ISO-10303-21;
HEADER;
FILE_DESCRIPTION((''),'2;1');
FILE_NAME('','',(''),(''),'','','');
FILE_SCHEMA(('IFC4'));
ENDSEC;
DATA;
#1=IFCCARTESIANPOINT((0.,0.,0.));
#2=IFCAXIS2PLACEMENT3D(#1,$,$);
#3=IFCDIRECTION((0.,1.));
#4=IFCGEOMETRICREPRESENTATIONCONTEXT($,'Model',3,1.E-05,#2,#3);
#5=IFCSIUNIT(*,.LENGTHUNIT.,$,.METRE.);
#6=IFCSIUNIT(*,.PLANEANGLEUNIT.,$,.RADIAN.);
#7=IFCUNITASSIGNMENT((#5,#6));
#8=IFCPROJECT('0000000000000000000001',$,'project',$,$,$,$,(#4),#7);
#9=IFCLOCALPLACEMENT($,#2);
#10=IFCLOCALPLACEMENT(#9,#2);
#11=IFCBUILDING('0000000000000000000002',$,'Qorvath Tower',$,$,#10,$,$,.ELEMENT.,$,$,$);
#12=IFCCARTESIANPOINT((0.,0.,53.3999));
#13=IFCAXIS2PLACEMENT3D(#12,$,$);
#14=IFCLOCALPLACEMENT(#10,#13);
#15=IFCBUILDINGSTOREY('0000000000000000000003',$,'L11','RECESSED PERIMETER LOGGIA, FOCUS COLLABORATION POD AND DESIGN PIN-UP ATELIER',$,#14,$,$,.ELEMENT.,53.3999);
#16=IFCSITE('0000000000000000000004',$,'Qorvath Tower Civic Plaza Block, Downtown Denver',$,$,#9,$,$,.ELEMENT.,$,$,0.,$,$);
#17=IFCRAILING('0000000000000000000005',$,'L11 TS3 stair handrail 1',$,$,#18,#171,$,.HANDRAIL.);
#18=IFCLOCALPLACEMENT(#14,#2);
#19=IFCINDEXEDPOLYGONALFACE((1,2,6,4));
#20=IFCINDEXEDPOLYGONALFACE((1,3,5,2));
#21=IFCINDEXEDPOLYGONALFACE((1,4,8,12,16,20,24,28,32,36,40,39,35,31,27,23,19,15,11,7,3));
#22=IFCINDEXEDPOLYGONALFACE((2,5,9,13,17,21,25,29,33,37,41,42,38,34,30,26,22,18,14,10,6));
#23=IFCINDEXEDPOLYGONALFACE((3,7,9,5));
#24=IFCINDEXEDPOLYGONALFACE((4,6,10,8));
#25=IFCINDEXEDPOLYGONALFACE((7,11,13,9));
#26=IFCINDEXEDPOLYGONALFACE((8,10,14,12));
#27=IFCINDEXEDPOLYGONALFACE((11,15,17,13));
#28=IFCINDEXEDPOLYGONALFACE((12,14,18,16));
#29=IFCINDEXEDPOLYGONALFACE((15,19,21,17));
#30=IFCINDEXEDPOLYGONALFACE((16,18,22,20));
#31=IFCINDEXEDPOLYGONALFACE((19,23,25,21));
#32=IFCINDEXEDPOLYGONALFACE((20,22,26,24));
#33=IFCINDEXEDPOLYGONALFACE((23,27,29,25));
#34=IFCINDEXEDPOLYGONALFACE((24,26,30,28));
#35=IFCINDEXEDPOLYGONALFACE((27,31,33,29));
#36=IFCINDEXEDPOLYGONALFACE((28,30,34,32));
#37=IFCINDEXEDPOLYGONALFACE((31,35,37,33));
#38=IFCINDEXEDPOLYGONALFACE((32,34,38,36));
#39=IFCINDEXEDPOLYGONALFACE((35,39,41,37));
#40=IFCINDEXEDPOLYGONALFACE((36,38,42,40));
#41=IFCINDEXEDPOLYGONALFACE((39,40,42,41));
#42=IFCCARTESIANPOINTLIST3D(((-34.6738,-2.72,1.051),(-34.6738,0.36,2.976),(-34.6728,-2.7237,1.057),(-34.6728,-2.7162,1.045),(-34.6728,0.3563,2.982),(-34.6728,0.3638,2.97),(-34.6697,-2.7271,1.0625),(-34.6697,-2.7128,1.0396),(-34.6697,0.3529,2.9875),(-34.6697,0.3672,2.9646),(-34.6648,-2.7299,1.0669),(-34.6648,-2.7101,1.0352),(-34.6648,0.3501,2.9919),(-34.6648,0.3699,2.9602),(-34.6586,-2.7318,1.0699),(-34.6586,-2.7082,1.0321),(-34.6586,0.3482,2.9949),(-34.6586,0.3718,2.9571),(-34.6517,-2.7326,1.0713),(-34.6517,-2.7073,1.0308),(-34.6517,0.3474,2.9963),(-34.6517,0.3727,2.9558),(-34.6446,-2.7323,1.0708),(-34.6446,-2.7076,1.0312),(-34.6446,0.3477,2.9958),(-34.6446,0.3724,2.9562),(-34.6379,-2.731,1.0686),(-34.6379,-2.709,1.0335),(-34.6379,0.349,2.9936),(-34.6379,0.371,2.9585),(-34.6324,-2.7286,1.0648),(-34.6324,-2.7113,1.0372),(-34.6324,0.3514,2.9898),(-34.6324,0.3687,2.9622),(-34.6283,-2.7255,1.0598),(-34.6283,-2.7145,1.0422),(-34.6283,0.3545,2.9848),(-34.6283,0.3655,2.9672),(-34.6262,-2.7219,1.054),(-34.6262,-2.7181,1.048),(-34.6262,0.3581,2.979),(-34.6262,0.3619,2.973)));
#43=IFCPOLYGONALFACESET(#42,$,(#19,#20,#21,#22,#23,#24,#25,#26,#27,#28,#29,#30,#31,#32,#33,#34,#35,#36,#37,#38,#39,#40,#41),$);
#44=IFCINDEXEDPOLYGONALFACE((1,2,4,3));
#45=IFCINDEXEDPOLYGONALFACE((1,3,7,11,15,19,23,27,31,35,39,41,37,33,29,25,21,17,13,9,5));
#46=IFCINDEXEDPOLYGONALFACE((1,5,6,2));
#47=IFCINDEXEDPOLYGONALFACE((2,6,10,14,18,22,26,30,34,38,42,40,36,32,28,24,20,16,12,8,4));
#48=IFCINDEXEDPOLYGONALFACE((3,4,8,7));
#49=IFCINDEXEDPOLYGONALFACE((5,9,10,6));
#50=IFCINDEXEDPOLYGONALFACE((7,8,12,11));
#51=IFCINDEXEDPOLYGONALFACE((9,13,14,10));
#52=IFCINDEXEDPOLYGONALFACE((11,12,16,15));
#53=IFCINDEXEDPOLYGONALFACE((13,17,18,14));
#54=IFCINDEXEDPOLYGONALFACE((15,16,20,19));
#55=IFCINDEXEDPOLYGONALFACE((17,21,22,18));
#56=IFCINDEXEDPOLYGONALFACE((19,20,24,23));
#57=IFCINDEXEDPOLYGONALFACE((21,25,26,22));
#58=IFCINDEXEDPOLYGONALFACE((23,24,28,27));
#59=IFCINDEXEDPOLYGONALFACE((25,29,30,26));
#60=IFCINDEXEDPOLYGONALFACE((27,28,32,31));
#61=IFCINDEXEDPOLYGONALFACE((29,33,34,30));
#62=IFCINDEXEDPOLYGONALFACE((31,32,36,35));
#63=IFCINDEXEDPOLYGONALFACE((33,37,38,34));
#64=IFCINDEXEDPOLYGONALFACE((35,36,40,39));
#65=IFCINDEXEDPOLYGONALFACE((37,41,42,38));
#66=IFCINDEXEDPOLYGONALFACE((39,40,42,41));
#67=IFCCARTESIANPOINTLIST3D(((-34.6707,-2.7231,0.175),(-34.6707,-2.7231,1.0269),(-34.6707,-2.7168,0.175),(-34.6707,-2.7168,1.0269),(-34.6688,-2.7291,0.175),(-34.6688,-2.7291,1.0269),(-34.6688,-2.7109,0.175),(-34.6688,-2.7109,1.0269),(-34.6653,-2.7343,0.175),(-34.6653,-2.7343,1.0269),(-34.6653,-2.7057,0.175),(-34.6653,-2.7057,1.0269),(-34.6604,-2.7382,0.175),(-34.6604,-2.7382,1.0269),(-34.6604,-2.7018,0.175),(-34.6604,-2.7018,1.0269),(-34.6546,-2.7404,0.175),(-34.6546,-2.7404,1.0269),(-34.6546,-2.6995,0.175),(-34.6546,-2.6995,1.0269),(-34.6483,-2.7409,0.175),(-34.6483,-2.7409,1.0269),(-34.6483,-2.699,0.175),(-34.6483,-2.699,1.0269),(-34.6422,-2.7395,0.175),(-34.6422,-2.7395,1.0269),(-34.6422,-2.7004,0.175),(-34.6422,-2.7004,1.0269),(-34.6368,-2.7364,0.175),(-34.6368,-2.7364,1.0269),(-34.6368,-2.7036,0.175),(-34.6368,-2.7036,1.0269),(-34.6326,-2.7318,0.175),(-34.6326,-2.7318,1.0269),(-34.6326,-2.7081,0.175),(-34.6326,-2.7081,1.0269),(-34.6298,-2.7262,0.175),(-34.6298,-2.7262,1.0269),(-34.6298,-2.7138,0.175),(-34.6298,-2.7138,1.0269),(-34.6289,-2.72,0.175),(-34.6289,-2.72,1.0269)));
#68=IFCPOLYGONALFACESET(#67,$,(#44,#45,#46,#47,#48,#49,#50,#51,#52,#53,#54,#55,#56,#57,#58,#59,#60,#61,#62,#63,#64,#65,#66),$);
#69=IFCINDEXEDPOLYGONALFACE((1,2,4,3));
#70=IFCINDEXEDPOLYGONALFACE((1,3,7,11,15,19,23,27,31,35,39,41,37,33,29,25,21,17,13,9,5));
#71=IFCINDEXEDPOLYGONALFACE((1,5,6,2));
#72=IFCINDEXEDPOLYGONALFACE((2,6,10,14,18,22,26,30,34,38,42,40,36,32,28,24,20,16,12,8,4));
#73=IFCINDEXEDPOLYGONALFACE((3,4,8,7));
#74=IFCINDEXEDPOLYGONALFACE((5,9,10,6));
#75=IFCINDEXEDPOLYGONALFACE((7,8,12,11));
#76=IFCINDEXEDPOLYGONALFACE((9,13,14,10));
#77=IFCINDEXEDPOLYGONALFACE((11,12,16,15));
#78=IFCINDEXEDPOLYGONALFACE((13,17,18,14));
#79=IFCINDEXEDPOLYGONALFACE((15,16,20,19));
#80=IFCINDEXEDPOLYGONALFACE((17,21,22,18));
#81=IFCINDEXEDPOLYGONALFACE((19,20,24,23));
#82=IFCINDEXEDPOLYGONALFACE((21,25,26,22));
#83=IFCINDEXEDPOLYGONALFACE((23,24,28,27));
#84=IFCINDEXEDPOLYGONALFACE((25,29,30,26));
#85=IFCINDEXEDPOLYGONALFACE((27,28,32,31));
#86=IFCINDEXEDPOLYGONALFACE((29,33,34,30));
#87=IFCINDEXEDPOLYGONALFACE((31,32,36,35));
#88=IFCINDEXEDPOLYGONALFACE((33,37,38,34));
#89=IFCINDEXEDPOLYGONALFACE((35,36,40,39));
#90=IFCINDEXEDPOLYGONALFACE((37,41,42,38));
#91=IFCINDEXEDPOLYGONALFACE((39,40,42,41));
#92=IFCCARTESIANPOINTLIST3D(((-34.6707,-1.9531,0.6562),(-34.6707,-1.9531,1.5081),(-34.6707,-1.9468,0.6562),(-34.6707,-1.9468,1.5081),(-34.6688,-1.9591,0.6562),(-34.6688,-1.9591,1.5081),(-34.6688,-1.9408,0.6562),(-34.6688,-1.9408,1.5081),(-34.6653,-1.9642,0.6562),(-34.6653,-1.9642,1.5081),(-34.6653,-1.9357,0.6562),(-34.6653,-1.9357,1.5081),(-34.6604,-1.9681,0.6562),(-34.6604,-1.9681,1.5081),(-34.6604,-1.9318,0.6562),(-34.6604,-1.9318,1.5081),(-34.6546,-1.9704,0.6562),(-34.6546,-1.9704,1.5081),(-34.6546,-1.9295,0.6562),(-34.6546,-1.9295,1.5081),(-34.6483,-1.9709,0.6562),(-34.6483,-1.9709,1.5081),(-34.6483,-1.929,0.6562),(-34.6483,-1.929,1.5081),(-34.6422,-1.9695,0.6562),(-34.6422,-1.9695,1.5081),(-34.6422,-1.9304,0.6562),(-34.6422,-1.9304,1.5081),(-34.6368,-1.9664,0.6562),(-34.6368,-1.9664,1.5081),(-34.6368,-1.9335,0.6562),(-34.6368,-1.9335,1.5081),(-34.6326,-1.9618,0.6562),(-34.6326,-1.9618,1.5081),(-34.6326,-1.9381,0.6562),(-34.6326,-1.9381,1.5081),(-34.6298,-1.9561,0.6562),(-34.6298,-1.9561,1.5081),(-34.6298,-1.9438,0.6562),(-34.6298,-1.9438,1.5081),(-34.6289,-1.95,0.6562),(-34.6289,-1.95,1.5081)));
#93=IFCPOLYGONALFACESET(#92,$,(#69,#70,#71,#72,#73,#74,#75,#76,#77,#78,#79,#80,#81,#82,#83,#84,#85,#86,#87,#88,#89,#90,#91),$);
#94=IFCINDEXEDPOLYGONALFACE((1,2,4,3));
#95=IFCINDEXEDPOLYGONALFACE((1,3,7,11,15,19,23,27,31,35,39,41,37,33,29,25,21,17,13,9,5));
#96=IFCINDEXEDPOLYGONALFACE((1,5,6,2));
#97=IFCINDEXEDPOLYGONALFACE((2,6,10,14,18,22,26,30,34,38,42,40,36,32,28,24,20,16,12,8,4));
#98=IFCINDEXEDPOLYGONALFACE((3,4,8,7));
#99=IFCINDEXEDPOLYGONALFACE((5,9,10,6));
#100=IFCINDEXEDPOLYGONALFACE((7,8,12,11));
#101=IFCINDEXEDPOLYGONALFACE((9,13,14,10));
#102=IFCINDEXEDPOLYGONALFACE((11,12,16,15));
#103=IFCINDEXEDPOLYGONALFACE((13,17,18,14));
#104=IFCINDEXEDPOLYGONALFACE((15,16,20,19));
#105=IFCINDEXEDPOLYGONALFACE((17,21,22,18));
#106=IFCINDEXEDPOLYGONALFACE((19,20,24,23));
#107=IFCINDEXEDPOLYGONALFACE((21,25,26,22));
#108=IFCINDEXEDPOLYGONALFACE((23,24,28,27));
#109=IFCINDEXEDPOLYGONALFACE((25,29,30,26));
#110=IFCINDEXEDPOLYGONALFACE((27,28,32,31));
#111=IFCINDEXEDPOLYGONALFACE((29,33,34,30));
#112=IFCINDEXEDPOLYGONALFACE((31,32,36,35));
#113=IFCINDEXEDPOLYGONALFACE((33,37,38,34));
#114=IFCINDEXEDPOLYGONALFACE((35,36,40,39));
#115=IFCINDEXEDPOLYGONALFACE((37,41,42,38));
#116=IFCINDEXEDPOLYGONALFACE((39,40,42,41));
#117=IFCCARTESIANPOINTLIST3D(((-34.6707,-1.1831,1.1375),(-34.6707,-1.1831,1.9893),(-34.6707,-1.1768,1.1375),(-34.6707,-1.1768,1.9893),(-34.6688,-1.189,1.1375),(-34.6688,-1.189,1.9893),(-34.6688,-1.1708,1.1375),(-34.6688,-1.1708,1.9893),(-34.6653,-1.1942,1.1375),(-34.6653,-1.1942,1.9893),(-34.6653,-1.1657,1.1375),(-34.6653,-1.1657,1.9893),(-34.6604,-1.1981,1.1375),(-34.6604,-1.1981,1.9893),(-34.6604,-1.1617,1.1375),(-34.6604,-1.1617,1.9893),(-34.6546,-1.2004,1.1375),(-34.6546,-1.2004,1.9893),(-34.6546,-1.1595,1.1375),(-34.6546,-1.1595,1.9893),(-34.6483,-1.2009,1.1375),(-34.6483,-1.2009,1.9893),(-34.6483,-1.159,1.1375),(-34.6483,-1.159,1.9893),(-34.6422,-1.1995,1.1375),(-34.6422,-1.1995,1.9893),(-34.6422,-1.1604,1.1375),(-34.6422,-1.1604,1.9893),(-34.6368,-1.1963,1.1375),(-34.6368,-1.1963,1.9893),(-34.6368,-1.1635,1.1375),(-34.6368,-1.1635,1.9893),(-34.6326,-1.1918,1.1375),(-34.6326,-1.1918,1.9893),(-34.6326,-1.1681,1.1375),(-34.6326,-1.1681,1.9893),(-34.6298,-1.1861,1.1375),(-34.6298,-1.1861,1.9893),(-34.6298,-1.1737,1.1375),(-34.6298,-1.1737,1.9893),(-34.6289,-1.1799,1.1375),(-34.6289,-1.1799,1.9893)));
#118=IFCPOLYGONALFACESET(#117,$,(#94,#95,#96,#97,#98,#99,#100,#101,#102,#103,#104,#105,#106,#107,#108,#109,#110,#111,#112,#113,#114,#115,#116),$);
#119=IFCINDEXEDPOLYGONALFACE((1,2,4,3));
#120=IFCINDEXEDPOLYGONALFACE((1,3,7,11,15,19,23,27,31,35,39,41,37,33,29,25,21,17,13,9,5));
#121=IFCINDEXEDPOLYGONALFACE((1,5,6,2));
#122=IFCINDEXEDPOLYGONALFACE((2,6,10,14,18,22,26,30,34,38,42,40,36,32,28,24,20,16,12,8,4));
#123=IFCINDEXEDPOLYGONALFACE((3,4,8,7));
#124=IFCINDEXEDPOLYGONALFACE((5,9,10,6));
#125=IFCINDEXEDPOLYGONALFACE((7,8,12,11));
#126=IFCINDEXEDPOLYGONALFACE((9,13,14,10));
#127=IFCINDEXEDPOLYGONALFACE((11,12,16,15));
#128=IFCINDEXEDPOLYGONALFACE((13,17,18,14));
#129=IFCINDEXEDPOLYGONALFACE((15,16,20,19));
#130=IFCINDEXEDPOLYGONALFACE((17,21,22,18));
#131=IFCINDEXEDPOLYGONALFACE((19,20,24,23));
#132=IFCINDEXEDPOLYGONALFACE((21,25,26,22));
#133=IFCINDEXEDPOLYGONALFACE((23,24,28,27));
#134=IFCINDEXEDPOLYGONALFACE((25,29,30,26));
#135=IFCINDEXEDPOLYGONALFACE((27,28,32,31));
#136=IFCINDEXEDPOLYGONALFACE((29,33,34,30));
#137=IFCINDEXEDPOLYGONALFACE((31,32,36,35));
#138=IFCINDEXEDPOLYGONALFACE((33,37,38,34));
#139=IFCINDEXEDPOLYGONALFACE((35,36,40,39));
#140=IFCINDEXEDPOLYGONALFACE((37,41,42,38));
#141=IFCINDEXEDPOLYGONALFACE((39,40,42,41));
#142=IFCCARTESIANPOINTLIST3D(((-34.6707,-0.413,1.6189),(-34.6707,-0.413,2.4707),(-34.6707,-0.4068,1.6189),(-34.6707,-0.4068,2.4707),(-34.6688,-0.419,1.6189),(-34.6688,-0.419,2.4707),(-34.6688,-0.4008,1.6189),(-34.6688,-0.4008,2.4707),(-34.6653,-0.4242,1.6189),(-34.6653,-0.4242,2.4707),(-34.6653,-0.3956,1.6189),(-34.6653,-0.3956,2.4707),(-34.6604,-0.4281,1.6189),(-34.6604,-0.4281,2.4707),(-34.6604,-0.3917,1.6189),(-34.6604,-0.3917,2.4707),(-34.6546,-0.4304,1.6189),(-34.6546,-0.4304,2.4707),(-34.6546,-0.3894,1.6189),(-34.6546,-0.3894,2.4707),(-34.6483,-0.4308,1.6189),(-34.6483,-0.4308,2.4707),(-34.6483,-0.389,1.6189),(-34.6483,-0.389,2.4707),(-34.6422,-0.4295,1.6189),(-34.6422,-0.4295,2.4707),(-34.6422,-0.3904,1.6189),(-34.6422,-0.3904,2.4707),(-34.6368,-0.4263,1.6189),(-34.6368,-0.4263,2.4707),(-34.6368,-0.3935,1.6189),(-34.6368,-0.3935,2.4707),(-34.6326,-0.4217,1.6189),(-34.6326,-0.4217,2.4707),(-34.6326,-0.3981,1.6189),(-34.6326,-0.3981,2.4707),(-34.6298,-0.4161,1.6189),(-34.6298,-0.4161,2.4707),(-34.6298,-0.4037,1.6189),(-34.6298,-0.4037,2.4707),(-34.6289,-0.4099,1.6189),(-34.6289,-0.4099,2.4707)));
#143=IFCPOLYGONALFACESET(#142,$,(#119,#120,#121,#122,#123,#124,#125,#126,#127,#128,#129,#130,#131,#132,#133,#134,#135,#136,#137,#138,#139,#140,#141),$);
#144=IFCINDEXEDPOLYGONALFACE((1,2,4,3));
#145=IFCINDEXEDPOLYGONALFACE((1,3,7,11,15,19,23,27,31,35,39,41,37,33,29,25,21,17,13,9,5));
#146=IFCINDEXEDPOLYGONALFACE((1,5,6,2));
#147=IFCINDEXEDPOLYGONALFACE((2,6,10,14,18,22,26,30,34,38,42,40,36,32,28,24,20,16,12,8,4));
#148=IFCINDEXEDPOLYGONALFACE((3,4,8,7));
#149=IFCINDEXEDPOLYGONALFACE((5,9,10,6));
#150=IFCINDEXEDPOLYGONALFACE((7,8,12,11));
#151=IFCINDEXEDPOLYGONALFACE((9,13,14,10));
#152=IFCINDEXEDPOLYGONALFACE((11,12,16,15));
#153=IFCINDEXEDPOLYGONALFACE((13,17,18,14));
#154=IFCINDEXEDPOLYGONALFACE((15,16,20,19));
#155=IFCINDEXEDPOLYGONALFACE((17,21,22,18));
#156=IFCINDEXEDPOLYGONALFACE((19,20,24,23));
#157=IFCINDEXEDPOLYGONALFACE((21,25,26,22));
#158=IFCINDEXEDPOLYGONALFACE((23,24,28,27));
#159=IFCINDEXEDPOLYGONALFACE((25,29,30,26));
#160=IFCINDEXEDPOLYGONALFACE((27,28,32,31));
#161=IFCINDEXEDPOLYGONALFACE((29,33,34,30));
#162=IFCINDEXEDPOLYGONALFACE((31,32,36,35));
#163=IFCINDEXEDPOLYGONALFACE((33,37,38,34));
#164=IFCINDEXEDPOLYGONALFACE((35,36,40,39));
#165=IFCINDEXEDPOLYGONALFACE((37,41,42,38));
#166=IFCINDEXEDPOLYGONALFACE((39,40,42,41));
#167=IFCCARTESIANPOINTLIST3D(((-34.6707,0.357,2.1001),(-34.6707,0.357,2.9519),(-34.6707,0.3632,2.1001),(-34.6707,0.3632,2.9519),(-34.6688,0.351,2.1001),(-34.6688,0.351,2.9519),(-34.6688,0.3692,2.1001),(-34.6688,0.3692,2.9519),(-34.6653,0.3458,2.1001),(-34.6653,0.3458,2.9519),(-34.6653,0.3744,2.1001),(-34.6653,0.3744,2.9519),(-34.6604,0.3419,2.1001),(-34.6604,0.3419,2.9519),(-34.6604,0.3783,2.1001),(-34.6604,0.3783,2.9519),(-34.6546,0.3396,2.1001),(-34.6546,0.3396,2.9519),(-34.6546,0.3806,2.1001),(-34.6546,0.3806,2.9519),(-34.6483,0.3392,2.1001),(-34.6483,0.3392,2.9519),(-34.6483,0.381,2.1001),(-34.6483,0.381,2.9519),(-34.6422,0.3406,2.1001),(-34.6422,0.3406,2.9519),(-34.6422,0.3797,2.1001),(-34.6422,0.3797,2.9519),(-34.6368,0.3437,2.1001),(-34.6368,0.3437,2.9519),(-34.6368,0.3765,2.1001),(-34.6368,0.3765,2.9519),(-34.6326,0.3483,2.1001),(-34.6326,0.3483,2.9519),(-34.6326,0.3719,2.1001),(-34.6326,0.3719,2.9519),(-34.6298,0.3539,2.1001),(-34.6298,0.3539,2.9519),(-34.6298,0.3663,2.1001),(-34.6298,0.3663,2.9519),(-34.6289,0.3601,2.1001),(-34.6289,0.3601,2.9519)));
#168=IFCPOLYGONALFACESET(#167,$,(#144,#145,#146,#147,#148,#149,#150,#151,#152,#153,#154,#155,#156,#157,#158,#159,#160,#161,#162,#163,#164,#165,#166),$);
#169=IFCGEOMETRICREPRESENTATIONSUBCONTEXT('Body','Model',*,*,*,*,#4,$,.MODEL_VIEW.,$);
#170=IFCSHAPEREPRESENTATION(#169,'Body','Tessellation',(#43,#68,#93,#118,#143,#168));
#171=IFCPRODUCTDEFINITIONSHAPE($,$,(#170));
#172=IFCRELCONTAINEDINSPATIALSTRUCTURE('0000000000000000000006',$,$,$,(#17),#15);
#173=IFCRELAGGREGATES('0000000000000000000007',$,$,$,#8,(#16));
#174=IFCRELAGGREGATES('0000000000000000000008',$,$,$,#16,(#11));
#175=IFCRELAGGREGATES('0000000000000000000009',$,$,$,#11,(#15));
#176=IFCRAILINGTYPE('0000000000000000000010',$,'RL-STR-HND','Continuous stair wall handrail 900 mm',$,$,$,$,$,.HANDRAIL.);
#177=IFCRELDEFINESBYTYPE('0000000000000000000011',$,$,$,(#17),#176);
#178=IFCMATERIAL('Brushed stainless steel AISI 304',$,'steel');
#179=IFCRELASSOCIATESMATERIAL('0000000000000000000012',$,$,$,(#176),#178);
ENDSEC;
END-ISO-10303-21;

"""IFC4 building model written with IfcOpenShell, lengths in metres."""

from ifc_helpers import new_model, si_unit, direction, frame, origin, origin_2d, place, context, subcontext, project, spatial, circle, extrude, material, type_object, element, save


model = new_model("IFC4")

# Units and contexts
model_context = context("Model", 3, precision=1e-05, world=origin(), true_north=direction((0.0, 1.0)))
body_context = subcontext(model_context, "Body", "Model", "MODEL_VIEW")
ifc_project = project(units=[si_unit("LENGTHUNIT", "METRE"), si_unit("PLANEANGLEUNIT", "RADIAN")], contexts=[model_context])

# Site, building, storey
site_placement = place(None, origin())
site = spatial("IfcSite", under=ifc_project, at=site_placement, Name="Qorvath Tower Civic Plaza Block, Downtown Denver", CompositionType="ELEMENT", RefElevation=0.0)
building_placement = place(site_placement, origin())
building = spatial("IfcBuilding", under=site, at=building_placement, Name="Qorvath Tower", CompositionType="ELEMENT")
storey_placement = place(building_placement, frame((0.0, 0.0, 53.3999)))
storey = spatial("IfcBuildingStorey", under=building, at=storey_placement, Name="L11", Description="RECESSED PERIMETER LOGGIA, FOCUS COLLABORATION POD AND DESIGN PIN-UP ATELIER", CompositionType="ELEMENT", Elevation=53.3999)

# Railing
ifc_material_1 = material(Name="Brushed stainless steel AISI 304", Category="steel")
railing_type_1 = type_object("IfcRailingType", Name="RL-STR-HND", Description="Continuous stair wall handrail 900 mm", PredefinedType="HANDRAIL", material=ifc_material_1)
railing_1_placement = place(storey_placement, frame((-34.6499, -2.72, 0.175)))
element("IfcRailing", 1, at=railing_1_placement, inside=storey, type_object=railing_type_1, Name="L11 TS3 stair handrail 1", PredefinedType="HANDRAIL", context=body_context, shape_type="SweptSolid", body=[
    extrude(circle(Radius=0.0239, at=origin_2d()), frame((0.0, 0.0, 0.876), z_axis=(0.0, 0.847998, 0.529999), x_axis=(-1.0, 0.0, 0.0)), (0.0, 0.0, 1.0), 3.6321),
    extrude(circle(Radius=0.021, at=origin_2d()), origin(), (0.0, 0.0, 1.0), 0.8518),
    extrude(circle(Radius=0.021, at=origin_2d()), frame((0.0, 0.77, 0.4812)), (0.0, 0.0, 1.0), 0.8518),
    extrude(circle(Radius=0.021, at=origin_2d()), frame((0.0, 1.54, 0.9624)), (0.0, 0.0, 1.0), 0.8518),
    extrude(circle(Radius=0.021, at=origin_2d()), frame((0.0, 2.3101, 1.4438)), (0.0, 0.0, 1.0), 0.8518),
    extrude(circle(Radius=0.021, at=origin_2d()), frame((0.0, 3.0801, 1.925)), (0.0, 0.0, 1.0), 0.8518),
])

save(model, "model.ifc")
